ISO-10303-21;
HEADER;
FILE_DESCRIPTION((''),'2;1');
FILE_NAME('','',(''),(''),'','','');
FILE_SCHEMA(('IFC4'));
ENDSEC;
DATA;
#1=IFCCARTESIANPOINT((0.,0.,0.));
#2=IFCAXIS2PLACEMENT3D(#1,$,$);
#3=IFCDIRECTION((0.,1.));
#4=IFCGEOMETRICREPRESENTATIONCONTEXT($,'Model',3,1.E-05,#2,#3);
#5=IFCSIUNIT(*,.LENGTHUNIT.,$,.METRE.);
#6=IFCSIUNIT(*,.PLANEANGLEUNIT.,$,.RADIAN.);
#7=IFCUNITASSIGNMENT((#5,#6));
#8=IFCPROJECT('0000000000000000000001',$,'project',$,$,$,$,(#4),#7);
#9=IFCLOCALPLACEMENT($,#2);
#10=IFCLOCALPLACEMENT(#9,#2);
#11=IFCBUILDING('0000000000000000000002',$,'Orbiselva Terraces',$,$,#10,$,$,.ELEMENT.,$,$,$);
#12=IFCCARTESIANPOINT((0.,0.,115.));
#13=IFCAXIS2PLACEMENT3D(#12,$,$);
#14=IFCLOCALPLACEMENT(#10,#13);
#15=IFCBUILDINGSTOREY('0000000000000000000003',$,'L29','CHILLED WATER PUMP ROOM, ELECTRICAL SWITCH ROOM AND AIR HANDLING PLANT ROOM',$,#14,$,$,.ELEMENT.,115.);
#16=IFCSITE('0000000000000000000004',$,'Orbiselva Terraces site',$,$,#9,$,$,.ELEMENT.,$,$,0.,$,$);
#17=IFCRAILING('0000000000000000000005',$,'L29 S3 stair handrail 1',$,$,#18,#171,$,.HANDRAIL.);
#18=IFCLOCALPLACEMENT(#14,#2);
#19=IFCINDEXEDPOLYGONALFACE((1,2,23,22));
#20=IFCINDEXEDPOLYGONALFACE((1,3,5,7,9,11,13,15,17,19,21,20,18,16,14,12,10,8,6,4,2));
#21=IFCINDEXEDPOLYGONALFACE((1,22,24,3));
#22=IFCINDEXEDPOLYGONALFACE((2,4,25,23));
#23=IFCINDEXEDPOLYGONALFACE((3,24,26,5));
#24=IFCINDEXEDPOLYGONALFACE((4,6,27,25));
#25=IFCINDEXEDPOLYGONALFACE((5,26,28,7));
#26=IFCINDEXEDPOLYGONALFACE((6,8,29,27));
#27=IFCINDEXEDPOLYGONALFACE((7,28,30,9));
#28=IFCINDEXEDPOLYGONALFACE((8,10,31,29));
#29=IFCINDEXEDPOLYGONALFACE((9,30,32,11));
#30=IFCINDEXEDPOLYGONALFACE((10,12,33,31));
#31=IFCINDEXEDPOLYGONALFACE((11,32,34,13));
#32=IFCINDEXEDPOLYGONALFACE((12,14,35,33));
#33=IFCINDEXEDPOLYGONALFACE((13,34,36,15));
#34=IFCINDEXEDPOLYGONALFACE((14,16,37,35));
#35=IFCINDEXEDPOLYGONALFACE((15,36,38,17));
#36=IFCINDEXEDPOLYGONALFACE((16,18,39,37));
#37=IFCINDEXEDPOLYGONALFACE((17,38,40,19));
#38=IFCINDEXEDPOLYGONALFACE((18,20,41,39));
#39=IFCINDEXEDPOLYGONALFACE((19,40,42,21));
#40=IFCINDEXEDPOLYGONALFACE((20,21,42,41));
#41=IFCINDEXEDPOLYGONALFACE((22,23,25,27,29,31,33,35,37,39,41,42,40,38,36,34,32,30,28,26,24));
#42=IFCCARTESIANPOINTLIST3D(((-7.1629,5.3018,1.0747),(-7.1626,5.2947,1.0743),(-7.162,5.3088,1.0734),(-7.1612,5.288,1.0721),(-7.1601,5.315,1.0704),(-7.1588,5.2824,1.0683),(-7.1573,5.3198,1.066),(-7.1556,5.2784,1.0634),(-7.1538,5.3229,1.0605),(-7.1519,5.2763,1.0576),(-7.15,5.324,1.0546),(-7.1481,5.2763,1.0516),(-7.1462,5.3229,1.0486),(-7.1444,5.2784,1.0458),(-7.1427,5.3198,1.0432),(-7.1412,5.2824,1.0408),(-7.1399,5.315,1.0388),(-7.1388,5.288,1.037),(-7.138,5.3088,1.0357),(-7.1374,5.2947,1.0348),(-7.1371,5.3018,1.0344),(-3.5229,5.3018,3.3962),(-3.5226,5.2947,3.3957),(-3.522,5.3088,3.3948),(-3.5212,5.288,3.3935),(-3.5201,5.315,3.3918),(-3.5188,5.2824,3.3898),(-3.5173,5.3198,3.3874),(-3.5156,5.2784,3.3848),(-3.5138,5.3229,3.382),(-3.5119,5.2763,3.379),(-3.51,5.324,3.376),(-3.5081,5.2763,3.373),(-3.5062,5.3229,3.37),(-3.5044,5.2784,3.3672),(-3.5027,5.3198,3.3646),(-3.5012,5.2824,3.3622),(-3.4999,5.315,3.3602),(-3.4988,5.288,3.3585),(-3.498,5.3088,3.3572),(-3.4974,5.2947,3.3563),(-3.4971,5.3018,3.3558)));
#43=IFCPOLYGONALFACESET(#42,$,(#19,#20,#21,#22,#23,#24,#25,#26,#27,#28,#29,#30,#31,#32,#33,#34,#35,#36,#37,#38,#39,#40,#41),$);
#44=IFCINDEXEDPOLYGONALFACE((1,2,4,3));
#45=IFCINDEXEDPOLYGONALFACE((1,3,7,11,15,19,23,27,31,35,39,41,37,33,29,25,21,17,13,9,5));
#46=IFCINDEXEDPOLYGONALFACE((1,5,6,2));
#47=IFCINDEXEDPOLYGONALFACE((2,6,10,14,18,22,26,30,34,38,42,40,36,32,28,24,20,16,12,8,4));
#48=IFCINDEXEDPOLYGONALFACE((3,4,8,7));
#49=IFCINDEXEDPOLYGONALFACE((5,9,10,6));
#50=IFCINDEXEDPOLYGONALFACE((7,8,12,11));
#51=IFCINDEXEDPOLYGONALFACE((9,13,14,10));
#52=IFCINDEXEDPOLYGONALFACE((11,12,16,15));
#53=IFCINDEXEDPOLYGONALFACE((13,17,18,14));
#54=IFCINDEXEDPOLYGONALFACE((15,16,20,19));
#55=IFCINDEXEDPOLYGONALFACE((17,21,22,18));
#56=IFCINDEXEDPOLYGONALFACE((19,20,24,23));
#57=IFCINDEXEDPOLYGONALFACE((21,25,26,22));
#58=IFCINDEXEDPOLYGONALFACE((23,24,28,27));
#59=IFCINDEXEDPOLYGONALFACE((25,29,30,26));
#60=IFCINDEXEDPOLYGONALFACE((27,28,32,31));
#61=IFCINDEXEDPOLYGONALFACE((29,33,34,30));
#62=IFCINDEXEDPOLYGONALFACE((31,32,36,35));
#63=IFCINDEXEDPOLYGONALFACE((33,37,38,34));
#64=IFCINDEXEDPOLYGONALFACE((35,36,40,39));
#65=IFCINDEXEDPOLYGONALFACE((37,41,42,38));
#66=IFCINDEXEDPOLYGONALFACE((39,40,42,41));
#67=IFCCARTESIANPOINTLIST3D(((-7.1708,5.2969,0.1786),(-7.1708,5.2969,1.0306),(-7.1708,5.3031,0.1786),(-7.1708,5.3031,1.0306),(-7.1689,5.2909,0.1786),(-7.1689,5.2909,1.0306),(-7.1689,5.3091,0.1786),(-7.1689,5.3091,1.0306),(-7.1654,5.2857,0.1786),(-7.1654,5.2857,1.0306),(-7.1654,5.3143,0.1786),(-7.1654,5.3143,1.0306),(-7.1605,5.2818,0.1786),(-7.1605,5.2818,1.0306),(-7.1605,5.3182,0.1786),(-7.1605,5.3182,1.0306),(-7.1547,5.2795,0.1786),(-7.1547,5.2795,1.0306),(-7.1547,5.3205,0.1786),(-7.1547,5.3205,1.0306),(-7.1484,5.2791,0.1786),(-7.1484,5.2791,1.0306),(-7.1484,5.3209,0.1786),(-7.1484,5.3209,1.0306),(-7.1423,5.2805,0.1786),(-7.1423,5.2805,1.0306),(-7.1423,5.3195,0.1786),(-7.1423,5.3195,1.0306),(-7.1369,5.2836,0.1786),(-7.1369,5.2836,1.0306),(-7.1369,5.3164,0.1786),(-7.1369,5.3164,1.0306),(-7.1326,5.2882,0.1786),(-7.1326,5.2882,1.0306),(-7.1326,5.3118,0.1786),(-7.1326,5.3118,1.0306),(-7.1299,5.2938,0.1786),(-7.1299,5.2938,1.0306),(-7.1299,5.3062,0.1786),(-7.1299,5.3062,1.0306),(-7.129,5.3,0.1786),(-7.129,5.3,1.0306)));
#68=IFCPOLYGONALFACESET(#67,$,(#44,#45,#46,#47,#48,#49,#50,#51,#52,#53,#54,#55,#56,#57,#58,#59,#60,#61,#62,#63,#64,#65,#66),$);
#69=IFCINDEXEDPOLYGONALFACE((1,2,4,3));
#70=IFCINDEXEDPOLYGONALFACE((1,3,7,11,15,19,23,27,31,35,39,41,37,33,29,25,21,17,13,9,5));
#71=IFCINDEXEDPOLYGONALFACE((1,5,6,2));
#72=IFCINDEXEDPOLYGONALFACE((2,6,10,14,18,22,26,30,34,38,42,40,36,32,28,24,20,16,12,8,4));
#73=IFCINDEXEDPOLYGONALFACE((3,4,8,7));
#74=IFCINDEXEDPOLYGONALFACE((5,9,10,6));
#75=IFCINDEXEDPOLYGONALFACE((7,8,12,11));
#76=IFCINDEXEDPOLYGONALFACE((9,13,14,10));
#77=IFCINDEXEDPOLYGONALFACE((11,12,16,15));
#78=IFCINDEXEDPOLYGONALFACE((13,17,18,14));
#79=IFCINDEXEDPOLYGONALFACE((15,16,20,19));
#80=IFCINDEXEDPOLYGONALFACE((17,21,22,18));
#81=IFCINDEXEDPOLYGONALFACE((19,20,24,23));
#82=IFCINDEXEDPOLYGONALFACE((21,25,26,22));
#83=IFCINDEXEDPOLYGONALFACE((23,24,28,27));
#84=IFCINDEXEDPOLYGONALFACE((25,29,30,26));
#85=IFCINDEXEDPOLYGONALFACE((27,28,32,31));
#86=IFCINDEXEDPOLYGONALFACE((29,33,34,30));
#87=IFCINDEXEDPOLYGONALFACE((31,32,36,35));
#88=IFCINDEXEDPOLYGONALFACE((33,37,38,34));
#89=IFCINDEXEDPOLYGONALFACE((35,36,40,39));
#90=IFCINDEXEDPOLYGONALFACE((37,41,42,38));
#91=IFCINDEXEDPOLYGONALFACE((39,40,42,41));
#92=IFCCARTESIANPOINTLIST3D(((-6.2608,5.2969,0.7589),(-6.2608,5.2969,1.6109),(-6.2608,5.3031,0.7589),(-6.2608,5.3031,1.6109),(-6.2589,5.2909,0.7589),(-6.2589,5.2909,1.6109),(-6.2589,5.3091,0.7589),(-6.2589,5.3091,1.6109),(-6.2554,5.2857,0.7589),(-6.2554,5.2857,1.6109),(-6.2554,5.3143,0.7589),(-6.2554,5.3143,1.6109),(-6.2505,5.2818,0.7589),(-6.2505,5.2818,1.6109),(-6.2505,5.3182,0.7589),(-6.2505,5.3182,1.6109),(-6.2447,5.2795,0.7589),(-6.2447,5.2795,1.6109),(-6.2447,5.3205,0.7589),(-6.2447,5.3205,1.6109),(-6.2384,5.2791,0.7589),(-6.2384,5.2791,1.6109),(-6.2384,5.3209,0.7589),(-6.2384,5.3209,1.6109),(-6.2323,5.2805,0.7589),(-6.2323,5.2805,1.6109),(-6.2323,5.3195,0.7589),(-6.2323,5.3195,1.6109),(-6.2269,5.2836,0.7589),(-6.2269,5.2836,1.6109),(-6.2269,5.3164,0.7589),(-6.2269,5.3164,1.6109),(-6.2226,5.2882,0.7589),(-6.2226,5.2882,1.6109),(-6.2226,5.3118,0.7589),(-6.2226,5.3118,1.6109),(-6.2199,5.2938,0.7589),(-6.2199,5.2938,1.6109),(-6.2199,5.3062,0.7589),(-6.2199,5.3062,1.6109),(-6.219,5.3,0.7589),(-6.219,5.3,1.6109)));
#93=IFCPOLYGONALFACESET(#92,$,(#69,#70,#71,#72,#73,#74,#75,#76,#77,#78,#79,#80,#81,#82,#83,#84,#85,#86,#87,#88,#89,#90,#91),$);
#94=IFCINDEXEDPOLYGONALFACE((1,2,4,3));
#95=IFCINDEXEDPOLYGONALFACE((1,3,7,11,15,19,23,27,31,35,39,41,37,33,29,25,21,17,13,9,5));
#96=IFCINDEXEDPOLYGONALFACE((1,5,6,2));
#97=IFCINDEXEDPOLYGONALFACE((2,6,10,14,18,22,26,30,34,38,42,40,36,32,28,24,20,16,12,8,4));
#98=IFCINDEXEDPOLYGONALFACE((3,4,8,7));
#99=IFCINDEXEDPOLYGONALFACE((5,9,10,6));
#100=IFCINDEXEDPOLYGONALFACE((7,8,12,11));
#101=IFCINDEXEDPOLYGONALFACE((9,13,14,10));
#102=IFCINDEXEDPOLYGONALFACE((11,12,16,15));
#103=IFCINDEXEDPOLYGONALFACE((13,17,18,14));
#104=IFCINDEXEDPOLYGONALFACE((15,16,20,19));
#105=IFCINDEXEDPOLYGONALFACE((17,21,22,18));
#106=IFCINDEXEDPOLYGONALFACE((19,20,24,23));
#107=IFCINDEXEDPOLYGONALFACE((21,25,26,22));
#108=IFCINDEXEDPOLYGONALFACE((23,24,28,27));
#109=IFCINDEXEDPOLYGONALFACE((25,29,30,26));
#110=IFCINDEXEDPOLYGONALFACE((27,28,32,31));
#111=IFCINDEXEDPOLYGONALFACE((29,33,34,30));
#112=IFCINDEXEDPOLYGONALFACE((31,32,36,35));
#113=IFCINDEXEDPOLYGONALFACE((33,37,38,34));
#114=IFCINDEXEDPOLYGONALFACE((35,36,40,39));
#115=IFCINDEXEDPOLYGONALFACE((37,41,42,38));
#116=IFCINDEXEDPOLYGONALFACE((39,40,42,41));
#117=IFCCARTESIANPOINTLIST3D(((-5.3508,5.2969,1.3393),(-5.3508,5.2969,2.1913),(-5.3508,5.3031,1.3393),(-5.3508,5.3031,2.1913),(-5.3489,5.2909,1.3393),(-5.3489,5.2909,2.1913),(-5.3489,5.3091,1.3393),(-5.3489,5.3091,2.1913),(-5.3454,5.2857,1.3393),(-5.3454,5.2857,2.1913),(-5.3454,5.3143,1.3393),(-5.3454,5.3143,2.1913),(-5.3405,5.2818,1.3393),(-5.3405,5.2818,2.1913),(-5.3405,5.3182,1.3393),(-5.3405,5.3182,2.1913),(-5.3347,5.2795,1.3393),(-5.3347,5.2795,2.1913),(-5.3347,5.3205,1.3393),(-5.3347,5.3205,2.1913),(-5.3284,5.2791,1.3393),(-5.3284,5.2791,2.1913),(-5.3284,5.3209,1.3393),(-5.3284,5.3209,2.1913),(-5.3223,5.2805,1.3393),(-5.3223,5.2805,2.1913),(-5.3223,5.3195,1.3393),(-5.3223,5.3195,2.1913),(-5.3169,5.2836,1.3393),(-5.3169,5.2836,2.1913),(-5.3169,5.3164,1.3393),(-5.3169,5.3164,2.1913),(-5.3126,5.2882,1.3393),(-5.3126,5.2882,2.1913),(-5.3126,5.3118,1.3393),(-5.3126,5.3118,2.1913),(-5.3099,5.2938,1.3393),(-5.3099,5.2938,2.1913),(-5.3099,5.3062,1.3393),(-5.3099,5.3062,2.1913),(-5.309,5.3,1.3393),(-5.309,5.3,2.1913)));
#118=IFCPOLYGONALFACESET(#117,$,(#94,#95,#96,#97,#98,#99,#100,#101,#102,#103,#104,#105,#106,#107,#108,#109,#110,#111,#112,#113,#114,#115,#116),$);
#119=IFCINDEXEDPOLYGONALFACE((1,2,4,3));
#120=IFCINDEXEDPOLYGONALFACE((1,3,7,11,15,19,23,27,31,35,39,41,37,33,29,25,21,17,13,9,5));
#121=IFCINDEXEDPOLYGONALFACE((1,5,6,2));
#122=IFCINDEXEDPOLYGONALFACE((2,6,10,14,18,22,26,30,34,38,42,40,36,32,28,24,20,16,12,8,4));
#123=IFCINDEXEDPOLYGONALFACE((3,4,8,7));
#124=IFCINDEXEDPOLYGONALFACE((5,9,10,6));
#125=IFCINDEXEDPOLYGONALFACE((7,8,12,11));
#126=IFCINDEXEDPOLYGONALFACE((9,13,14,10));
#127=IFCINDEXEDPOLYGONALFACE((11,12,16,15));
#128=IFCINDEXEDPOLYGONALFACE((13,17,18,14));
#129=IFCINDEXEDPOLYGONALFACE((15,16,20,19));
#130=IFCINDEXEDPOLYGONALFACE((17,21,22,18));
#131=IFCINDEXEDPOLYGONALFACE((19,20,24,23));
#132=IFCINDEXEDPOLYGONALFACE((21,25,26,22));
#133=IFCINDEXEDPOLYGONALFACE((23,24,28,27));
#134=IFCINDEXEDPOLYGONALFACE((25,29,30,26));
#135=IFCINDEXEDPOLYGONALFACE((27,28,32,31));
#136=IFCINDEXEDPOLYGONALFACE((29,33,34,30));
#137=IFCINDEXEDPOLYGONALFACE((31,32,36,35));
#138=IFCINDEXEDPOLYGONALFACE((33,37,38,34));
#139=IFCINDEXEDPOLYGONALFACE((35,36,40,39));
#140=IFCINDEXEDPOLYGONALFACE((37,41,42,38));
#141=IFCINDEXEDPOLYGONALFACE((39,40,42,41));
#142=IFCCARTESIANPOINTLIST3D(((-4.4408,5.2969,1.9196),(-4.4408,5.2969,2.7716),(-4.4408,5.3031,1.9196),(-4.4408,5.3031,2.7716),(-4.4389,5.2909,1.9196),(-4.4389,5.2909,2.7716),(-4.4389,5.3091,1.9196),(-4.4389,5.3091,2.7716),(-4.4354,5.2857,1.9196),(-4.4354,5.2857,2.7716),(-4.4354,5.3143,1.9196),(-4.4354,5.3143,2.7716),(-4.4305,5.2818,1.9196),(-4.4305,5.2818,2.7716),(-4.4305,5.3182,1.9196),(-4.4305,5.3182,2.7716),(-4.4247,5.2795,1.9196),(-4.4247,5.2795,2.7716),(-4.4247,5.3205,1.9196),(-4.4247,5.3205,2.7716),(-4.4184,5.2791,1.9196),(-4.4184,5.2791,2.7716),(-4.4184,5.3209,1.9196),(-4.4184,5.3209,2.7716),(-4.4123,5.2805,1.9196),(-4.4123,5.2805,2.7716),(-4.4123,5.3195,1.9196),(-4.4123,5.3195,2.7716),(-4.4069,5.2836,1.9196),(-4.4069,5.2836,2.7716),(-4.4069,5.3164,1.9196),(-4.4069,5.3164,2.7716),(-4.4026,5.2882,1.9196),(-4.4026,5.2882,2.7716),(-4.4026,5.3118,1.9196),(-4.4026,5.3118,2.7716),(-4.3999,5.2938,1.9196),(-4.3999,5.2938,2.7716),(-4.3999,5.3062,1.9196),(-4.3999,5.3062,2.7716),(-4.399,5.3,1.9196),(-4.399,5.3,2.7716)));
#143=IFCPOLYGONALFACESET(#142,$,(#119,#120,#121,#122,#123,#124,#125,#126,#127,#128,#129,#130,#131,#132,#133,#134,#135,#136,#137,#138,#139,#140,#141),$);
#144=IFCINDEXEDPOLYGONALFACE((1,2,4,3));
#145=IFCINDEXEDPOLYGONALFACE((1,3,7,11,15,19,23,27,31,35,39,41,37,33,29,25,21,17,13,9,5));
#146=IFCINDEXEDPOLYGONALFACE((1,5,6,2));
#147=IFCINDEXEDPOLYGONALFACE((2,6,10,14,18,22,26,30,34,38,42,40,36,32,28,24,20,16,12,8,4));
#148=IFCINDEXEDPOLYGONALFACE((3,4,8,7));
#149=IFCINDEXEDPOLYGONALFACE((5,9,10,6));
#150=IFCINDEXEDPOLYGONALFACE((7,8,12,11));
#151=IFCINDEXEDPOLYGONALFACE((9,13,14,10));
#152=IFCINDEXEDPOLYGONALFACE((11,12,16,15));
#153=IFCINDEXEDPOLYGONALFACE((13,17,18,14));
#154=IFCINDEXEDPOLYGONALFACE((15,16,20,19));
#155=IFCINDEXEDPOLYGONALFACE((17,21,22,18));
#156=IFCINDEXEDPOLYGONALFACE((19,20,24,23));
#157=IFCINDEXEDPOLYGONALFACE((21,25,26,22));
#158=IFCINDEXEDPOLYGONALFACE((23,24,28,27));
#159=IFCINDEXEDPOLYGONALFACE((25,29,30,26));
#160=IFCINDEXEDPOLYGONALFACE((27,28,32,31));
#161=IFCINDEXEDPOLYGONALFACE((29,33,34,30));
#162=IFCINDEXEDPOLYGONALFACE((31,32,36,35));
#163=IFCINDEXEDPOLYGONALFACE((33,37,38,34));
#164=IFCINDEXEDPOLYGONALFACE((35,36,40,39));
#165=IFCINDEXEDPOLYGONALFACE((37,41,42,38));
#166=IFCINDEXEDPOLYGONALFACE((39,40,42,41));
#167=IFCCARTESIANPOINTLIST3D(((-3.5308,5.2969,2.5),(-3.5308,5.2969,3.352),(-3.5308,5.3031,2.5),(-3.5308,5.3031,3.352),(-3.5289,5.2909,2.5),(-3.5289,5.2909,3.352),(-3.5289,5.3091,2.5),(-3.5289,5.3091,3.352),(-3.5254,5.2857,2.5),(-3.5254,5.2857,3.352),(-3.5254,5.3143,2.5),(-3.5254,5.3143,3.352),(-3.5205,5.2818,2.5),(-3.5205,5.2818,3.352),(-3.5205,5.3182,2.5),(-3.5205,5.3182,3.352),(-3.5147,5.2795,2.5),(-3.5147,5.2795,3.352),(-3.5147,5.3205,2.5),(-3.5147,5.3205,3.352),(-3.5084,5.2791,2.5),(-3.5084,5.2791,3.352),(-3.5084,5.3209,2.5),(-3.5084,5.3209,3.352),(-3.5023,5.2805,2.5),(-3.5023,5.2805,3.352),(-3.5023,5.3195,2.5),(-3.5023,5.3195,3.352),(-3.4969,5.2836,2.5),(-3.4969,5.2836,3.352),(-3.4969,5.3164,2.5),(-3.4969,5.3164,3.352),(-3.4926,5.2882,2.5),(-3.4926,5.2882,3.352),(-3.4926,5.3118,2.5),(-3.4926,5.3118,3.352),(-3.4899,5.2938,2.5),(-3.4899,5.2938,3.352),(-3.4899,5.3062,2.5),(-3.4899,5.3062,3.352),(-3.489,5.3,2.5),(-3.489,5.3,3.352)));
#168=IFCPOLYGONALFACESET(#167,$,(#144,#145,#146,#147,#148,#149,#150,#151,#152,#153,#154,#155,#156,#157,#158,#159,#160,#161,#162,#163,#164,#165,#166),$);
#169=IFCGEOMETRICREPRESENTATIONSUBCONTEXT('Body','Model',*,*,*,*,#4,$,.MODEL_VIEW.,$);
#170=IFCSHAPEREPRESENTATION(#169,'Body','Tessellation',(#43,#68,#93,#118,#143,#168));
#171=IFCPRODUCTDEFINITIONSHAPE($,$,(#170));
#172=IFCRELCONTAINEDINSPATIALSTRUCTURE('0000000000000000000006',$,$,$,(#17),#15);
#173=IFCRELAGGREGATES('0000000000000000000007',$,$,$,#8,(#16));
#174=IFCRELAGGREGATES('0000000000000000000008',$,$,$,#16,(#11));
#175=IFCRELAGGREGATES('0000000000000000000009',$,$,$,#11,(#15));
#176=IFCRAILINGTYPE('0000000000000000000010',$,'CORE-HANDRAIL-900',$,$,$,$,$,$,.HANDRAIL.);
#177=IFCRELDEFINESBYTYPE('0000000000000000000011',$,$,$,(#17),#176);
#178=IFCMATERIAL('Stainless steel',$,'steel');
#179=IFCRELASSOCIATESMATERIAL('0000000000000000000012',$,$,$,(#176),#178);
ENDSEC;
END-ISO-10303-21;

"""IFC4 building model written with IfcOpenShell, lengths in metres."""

from ifc_helpers import new_model, si_unit, direction, frame, origin, origin_2d, place, context, subcontext, project, spatial, circle, extrude, material, type_object, element, save


model = new_model("IFC4")

# Units and contexts
model_context = context("Model", 3, precision=1e-05, world=origin(), true_north=direction((0.0, 1.0)))
body_context = subcontext(model_context, "Body", "Model", "MODEL_VIEW")
ifc_project = project(units=[si_unit("LENGTHUNIT", "METRE"), si_unit("PLANEANGLEUNIT", "RADIAN")], contexts=[model_context])

# Site, building, storey
site_placement = place(None, origin())
site = spatial("IfcSite", under=ifc_project, at=site_placement, Name="Orbiselva Terraces site", CompositionType="ELEMENT", RefElevation=0.0)
building_placement = place(site_placement, origin())
building = spatial("IfcBuilding", under=site, at=building_placement, Name="Orbiselva Terraces", CompositionType="ELEMENT")
storey_placement = place(building_placement, frame((0.0, 0.0, 115.0)))
storey = spatial("IfcBuildingStorey", under=building, at=storey_placement, Name="L29", Description="CHILLED WATER PUMP ROOM, ELECTRICAL SWITCH ROOM AND AIR HANDLING PLANT ROOM", CompositionType="ELEMENT", Elevation=115.0)

# Railing
ifc_material_1 = material(Name="Stainless steel", Category="steel")
railing_type_1 = type_object("IfcRailingType", Name="CORE-HANDRAIL-900", PredefinedType="HANDRAIL", material=ifc_material_1)
railing_1_placement = place(storey_placement, frame((-7.15, 5.3, 0.1786)))
element("IfcRailing", 1, at=railing_1_placement, inside=storey, type_object=railing_type_1, Name="L29 S3 stair handrail 1", PredefinedType="HANDRAIL", context=body_context, shape_type="SweptSolid", body=[
    extrude(circle(Radius=0.024, at=origin_2d()), frame((0.0, 0.0, 0.876), z_axis=(0.84313, 0.0, 0.53771), x_axis=(0.0, 1.0, 0.0)), (0.0, 0.0, 1.0), 4.3172),
    extrude(circle(Radius=0.021, at=origin_2d()), origin(), (0.0, 0.0, 1.0), 0.852),
    extrude(circle(Radius=0.021, at=origin_2d()), frame((0.91, 0.0, 0.5804)), (0.0, 0.0, 1.0), 0.852),
    extrude(circle(Radius=0.021, at=origin_2d()), frame((1.82, 0.0, 1.1607)), (0.0, 0.0, 1.0), 0.852),
    extrude(circle(Radius=0.021, at=origin_2d()), frame((2.73, 0.0, 1.7411)), (0.0, 0.0, 1.0), 0.852),
    extrude(circle(Radius=0.021, at=origin_2d()), frame((3.64, 0.0, 2.3214)), (0.0, 0.0, 1.0), 0.852),
])

save(model, "model.ifc")
